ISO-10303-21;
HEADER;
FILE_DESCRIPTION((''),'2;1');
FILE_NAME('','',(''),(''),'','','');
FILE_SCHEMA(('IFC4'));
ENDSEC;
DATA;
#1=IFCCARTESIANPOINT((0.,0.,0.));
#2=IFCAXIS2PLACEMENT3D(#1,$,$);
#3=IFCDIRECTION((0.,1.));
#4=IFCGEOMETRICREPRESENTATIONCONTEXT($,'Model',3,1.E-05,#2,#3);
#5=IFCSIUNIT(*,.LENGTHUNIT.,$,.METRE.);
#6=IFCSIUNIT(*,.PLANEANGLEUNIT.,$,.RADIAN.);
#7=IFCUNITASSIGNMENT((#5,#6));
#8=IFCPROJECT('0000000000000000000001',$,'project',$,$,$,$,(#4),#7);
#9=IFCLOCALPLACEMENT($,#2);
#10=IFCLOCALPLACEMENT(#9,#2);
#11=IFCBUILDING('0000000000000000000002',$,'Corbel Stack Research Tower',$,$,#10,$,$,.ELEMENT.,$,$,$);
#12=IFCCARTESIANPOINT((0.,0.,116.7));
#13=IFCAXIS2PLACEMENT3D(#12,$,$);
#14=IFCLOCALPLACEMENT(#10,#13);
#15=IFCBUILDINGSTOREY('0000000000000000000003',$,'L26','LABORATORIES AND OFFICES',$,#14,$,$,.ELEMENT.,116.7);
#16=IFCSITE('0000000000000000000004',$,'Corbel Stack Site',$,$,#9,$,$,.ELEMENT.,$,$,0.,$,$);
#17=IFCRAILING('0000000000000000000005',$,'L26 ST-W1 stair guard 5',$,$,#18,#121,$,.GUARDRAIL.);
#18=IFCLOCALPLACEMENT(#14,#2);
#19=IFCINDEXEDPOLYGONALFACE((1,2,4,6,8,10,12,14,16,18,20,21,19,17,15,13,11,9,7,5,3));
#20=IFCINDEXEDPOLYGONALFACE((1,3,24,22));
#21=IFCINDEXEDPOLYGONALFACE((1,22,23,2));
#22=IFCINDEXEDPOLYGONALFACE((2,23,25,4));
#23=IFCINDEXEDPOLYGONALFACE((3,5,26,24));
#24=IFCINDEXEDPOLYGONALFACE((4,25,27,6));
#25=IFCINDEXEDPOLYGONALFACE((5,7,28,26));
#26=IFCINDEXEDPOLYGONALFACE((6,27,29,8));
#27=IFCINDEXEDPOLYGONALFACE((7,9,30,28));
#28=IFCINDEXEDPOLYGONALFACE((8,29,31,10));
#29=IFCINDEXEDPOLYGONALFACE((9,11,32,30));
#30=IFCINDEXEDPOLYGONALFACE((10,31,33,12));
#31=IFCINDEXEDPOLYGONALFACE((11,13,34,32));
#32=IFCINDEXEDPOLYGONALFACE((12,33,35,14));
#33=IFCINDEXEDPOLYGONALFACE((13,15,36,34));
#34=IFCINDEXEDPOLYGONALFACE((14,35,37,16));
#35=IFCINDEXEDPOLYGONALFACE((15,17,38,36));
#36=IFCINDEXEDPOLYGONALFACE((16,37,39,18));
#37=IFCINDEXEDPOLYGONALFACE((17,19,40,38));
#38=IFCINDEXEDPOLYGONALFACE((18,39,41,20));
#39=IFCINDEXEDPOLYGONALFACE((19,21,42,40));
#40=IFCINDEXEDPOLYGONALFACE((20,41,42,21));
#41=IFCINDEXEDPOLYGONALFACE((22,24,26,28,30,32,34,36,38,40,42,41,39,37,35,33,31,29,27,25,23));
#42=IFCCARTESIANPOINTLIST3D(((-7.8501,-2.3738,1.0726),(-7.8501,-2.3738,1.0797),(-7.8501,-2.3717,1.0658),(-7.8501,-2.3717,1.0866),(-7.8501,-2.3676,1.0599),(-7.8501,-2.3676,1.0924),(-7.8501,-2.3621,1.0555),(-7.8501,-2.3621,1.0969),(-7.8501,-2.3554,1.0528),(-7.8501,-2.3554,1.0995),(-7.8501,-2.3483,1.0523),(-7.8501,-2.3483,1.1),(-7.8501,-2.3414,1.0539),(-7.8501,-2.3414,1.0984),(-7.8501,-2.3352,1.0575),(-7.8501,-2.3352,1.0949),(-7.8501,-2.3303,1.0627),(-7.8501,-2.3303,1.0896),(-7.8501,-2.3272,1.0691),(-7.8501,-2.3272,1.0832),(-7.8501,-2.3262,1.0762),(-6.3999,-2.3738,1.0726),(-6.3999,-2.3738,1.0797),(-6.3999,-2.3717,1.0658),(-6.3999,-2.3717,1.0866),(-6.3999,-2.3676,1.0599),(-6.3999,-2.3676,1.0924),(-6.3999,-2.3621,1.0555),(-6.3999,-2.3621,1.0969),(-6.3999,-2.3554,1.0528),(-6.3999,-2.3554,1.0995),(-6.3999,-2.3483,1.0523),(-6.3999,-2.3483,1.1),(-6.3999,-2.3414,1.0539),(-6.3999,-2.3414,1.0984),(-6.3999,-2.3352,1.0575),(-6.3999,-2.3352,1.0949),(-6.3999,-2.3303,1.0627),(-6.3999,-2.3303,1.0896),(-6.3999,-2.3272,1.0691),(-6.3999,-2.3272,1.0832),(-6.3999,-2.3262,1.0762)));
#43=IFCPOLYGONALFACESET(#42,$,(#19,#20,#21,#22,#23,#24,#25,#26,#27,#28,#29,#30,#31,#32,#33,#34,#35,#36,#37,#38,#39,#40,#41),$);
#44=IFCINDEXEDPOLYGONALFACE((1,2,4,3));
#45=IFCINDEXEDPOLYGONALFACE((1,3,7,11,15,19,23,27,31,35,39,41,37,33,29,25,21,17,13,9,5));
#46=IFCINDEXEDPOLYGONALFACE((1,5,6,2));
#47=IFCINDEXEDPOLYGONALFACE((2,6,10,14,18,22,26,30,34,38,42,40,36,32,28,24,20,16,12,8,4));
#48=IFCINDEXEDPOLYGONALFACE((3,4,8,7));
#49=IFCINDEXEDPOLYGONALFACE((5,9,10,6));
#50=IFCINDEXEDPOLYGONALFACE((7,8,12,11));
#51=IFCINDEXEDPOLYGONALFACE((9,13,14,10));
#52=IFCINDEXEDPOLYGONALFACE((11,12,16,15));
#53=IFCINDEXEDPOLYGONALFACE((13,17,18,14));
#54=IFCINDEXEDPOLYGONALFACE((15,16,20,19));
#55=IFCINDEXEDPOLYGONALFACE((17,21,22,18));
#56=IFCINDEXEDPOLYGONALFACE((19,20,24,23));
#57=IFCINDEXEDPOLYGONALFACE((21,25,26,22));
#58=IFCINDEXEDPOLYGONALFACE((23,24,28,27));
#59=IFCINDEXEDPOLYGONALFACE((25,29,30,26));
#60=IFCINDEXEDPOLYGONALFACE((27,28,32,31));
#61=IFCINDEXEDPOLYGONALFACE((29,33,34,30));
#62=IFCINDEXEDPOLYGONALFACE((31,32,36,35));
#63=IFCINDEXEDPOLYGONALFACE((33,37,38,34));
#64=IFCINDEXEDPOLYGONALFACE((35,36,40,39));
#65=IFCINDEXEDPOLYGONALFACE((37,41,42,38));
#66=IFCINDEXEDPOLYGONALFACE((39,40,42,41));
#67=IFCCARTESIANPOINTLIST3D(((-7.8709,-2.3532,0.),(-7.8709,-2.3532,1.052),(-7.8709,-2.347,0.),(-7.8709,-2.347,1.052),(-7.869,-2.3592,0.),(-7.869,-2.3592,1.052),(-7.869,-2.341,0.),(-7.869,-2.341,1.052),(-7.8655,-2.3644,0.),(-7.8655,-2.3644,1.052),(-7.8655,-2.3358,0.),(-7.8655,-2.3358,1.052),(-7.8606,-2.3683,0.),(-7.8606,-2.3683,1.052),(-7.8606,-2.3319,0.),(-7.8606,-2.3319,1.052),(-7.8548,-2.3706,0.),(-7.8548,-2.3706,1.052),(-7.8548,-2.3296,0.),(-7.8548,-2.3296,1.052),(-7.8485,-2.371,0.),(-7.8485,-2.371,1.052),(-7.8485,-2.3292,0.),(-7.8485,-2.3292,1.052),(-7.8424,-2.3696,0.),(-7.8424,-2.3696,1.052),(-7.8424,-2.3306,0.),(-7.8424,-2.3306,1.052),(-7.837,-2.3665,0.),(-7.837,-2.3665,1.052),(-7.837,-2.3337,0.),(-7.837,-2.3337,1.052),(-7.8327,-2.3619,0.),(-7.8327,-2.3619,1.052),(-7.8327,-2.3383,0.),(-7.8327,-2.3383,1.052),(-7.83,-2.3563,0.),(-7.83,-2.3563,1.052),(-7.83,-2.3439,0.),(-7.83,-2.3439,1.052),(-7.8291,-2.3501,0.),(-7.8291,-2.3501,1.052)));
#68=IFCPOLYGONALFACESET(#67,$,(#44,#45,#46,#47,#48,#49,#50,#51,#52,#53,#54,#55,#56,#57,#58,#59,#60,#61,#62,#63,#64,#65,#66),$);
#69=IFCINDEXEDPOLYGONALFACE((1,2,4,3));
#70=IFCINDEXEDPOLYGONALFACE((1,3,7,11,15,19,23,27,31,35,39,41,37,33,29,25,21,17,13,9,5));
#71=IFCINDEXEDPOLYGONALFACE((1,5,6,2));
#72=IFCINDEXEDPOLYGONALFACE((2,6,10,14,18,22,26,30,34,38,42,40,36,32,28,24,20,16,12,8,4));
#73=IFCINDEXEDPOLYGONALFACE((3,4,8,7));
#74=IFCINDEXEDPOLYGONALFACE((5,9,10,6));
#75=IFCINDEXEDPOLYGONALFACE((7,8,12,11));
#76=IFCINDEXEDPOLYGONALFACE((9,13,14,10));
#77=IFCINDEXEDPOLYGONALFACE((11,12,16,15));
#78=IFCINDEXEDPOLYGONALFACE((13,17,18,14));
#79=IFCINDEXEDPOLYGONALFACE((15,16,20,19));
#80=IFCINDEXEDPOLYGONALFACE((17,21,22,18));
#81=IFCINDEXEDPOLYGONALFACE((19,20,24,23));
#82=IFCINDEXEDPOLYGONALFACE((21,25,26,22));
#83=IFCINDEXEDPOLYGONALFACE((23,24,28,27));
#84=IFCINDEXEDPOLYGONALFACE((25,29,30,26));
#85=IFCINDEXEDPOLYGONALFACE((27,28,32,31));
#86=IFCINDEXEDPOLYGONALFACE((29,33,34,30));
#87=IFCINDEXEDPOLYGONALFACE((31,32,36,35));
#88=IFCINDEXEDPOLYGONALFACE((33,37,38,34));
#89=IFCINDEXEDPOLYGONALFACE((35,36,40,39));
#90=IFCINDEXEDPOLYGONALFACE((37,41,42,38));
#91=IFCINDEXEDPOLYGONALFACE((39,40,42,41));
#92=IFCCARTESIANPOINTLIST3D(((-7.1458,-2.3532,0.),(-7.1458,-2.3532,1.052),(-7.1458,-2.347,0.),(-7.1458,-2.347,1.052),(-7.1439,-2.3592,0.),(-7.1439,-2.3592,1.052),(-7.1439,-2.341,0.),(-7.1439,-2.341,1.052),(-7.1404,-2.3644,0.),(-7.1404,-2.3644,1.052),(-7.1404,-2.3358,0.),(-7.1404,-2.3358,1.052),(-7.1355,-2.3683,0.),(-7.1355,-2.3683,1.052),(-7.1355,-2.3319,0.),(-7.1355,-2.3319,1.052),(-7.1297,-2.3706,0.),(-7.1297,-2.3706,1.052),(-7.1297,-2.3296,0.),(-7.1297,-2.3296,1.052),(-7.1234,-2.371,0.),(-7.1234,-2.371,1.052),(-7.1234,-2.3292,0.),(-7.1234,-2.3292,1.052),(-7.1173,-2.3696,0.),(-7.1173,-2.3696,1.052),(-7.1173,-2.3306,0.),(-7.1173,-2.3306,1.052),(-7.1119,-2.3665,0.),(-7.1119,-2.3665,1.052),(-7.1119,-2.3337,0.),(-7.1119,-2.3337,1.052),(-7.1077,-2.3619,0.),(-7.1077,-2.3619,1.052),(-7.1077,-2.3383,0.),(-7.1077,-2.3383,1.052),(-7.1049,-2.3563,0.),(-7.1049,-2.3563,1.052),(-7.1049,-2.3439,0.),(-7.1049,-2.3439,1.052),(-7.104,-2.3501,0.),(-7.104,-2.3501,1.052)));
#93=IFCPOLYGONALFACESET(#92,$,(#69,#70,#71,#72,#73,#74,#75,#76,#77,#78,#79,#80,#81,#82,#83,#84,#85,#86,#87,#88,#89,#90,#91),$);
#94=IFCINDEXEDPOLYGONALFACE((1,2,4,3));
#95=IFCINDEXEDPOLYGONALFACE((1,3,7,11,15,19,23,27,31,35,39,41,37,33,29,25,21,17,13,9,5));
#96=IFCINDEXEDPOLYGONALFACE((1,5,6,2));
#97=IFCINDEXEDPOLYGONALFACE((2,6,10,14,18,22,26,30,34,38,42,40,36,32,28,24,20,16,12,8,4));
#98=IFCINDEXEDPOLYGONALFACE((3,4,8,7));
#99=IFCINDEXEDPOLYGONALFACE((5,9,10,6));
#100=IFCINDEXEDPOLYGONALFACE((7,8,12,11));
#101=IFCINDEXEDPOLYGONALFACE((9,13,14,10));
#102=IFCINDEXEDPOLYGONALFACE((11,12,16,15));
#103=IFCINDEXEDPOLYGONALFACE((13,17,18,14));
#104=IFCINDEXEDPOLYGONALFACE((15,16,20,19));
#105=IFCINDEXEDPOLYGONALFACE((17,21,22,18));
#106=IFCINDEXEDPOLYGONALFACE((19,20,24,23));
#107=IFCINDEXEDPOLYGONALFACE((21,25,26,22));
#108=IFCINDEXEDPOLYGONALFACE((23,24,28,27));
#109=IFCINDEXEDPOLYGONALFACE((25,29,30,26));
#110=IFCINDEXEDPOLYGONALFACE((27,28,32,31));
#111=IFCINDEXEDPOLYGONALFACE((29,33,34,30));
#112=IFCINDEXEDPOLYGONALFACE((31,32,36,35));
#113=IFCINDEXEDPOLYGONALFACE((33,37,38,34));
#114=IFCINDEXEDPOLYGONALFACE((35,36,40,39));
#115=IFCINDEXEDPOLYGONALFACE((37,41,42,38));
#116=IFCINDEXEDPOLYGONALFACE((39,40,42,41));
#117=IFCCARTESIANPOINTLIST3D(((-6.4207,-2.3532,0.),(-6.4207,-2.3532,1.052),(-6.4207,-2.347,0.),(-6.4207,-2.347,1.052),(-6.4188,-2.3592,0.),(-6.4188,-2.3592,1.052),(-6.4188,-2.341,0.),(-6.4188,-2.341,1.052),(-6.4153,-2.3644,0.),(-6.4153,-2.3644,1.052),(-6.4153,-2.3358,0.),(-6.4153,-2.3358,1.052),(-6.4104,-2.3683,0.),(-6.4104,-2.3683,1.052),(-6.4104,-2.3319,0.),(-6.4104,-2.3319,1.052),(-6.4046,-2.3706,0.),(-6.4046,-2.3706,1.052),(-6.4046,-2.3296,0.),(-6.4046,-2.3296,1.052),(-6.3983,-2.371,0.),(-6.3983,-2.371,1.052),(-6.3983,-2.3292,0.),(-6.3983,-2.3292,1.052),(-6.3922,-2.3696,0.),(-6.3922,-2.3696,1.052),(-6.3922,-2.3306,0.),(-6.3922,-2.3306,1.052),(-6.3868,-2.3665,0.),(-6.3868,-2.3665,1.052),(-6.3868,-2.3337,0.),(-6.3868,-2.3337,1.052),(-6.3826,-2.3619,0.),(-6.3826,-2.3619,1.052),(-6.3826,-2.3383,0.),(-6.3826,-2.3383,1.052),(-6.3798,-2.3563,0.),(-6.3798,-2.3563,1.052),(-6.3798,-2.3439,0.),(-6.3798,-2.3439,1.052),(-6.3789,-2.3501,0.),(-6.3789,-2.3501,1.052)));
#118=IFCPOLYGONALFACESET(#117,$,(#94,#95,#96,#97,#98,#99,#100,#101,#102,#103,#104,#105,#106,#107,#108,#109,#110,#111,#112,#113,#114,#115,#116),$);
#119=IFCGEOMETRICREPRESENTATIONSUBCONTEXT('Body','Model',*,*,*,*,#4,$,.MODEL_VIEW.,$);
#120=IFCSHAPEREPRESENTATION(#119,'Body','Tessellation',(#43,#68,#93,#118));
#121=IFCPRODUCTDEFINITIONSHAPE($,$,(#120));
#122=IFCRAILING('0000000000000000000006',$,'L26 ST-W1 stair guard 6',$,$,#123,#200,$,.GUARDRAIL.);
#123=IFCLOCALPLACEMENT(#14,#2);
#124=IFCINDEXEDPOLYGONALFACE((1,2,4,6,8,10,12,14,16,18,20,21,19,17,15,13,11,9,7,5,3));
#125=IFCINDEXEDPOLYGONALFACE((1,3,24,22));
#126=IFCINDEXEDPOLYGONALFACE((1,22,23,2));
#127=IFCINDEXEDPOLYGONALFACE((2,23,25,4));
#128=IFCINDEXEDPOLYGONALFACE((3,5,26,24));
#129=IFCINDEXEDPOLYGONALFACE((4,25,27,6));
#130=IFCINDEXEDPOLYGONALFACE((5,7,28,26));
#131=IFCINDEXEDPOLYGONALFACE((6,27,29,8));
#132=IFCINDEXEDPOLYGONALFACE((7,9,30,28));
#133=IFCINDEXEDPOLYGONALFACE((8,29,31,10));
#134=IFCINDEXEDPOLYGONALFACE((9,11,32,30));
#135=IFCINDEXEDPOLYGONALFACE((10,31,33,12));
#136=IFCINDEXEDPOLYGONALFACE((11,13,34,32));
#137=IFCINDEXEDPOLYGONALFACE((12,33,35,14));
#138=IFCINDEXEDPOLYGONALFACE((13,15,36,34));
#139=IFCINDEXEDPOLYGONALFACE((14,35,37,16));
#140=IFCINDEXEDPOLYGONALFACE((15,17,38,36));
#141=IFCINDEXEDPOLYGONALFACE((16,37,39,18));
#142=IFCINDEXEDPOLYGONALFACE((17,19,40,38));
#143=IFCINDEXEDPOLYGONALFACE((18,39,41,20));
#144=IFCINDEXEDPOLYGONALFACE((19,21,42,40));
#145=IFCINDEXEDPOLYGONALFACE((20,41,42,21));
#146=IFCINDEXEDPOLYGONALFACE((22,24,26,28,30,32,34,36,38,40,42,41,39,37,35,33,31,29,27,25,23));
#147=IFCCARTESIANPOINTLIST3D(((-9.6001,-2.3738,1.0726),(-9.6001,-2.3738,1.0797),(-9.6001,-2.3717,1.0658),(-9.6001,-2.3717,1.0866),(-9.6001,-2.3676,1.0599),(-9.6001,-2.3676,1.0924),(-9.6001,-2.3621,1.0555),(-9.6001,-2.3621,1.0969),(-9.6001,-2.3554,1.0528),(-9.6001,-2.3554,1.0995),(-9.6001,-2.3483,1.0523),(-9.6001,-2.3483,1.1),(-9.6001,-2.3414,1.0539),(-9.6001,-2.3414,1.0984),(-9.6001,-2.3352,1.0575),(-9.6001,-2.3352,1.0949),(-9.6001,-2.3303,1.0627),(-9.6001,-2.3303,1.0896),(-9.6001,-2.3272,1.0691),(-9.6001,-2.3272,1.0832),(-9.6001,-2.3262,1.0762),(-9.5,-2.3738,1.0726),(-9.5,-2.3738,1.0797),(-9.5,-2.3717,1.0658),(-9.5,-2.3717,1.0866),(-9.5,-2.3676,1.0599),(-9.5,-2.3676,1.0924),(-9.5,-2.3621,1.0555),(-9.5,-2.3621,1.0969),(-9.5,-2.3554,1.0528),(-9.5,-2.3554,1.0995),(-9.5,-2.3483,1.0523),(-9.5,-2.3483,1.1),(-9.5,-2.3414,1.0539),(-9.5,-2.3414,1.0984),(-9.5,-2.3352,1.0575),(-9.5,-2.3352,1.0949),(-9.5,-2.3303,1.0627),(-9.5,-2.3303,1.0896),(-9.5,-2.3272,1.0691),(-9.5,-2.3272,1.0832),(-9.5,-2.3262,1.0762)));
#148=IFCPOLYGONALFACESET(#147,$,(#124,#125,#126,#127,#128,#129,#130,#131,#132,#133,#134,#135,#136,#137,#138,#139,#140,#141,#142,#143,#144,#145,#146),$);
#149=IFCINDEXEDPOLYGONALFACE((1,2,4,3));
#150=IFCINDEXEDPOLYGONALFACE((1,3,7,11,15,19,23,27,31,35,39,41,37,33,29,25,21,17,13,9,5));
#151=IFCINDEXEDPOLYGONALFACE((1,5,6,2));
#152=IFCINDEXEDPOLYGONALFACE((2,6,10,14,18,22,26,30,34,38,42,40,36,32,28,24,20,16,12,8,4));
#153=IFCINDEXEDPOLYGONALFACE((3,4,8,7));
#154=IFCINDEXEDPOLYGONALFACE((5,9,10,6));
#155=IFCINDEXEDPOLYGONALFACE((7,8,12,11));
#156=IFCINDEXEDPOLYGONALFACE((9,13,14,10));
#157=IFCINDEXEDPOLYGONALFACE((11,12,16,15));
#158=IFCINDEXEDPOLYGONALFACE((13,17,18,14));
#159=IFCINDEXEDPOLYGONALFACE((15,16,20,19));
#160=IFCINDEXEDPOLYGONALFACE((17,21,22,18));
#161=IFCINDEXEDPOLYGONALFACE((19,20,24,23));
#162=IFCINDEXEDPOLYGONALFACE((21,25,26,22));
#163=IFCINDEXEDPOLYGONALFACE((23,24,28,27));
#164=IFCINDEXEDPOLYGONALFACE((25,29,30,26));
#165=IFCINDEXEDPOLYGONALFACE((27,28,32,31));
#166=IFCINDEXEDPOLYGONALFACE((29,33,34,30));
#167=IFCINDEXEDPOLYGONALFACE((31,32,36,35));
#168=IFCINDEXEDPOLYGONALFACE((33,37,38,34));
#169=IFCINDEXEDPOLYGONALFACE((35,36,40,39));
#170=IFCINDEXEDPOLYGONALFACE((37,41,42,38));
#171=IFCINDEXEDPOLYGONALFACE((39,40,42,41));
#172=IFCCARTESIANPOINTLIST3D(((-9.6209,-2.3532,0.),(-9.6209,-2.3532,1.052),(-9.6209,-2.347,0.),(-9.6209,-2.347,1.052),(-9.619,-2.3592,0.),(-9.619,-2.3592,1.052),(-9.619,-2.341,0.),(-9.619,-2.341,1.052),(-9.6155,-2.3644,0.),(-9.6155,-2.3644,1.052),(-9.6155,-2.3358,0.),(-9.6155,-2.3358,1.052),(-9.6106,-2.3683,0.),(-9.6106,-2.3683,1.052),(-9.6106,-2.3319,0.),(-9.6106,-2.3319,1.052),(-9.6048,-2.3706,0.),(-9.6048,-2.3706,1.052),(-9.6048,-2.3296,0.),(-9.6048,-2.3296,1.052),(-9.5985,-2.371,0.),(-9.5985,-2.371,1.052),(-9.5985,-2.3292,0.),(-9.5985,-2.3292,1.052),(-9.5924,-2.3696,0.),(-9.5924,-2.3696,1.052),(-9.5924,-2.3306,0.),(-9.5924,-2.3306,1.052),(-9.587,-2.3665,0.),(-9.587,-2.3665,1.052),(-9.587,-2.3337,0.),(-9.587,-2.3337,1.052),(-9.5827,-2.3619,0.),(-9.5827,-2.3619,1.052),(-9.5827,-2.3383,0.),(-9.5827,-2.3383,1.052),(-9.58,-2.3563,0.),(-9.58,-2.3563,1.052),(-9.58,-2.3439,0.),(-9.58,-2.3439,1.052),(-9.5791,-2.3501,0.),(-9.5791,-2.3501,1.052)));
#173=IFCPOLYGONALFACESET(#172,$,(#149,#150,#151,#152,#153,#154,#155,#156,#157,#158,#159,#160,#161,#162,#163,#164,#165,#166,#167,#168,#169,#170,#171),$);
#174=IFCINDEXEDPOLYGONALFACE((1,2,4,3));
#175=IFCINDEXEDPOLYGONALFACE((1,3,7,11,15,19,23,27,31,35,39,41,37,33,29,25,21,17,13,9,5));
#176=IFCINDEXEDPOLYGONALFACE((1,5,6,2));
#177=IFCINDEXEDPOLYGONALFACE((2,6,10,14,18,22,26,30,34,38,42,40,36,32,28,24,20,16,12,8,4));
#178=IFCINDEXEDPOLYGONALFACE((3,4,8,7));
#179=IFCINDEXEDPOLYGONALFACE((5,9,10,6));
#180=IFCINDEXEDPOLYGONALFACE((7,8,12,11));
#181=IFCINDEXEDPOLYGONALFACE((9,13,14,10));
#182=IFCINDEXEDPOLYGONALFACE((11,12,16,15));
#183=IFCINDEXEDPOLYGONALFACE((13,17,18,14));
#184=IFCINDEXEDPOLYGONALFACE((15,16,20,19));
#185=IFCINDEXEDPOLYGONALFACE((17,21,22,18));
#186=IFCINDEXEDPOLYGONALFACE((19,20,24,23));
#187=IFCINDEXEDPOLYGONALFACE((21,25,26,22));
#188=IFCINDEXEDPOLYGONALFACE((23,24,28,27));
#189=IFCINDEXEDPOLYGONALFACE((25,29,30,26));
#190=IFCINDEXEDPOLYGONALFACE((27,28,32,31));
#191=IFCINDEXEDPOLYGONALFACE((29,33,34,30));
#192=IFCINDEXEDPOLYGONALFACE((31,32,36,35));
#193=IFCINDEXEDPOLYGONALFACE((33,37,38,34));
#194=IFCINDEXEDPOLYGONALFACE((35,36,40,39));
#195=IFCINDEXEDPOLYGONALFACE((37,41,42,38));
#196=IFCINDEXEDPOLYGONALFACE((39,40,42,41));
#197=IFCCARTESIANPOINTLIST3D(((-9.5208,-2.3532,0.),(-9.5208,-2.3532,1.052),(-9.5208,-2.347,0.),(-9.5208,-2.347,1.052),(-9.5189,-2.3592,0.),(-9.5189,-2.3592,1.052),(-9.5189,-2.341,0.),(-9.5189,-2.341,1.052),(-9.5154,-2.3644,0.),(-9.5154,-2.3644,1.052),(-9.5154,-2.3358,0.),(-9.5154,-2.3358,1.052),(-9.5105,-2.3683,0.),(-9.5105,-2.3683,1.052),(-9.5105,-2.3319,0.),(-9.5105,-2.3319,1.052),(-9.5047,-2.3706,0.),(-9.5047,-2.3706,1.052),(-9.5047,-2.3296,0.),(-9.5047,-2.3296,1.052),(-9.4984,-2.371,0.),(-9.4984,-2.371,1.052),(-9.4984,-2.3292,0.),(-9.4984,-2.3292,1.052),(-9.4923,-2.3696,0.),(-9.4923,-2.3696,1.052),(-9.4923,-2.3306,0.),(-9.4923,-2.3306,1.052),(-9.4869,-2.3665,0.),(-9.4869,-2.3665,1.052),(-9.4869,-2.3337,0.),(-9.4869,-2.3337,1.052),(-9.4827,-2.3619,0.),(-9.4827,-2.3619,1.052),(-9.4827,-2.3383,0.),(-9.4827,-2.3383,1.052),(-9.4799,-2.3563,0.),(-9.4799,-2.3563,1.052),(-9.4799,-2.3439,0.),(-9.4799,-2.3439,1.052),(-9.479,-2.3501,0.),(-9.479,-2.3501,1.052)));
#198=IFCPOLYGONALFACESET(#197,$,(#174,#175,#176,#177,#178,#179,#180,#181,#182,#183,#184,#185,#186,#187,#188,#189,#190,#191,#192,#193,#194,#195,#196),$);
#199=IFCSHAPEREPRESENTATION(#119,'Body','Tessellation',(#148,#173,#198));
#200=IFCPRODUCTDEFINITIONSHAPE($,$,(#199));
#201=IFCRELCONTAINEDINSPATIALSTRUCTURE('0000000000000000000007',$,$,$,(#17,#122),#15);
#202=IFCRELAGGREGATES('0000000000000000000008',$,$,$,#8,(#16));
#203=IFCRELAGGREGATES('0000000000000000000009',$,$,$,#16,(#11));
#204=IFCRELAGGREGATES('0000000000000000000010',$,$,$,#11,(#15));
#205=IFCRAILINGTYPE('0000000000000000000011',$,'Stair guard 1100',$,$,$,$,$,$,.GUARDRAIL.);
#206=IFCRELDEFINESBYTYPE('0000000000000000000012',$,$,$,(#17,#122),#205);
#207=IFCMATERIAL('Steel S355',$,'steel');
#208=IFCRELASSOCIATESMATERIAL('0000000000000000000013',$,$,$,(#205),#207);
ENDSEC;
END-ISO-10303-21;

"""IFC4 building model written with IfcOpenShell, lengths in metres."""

from ifc_helpers import new_model, si_unit, direction, frame, origin, origin_2d, place, context, subcontext, project, spatial, circle, extrude, material, type_object, element, save


model = new_model("IFC4")

# Units and contexts
model_context = context("Model", 3, precision=1e-05, world=origin(), true_north=direction((0.0, 1.0)))
body_context = subcontext(model_context, "Body", "Model", "MODEL_VIEW")
ifc_project = project(units=[si_unit("LENGTHUNIT", "METRE"), si_unit("PLANEANGLEUNIT", "RADIAN")], contexts=[model_context])

# Site, building, storey
site_placement = place(None, origin())
site = spatial("IfcSite", under=ifc_project, at=site_placement, Name="Corbel Stack Site", CompositionType="ELEMENT", RefElevation=0.0)
building_placement = place(site_placement, origin())
building = spatial("IfcBuilding", under=site, at=building_placement, Name="Corbel Stack Research Tower", CompositionType="ELEMENT")
storey_placement = place(building_placement, frame((0.0, 0.0, 116.7)))
storey = spatial("IfcBuildingStorey", under=building, at=storey_placement, Name="L26", Description="LABORATORIES AND OFFICES", CompositionType="ELEMENT", Elevation=116.7)

# Railings
ifc_material_1 = material(Name="Steel S355", Category="steel")
railing_type_1 = type_object("IfcRailingType", Name="Stair guard 1100", PredefinedType="GUARDRAIL", material=ifc_material_1)
railing_1_placement = place(storey_placement, frame((-7.8501, -2.3501, 0.0)))
element("IfcRailing", 1, at=railing_1_placement, inside=storey, type_object=railing_type_1, Name="L26 ST-W1 stair guard 5", PredefinedType="GUARDRAIL", context=body_context, shape_type="SweptSolid", body=[
    extrude(circle(Radius=0.0239, at=origin_2d()), frame((0.0, 0.0, 1.0762), z_axis=(1.0, 0.0, 0.0), x_axis=(0.0, 1.0, 0.0)), (0.0, 0.0, 1.0), 1.4502),
    extrude(circle(Radius=0.021, at=origin_2d()), origin(), (0.0, 0.0, 1.0), 1.052),
    extrude(circle(Radius=0.021, at=origin_2d()), frame((0.7251, 0.0, 0.0)), (0.0, 0.0, 1.0), 1.052),
    extrude(circle(Radius=0.021, at=origin_2d()), frame((1.4502, 0.0, 0.0)), (0.0, 0.0, 1.0), 1.052),
])
railing_2_placement = place(storey_placement, frame((-9.6001, -2.3501, 0.0)))
element("IfcRailing", 2, at=railing_2_placement, inside=storey, type_object=railing_type_1, Name="L26 ST-W1 stair guard 6", PredefinedType="GUARDRAIL", context=body_context, shape_type="SweptSolid", body=[
    extrude(circle(Radius=0.0239, at=origin_2d()), frame((0.0, 0.0, 1.0762), z_axis=(1.0, 0.0, 0.0), x_axis=(0.0, 1.0, 0.0)), (0.0, 0.0, 1.0), 0.1001),
    extrude(circle(Radius=0.021, at=origin_2d()), origin(), (0.0, 0.0, 1.0), 1.052),
    extrude(circle(Radius=0.021, at=origin_2d()), frame((0.1001, 0.0, 0.0)), (0.0, 0.0, 1.0), 1.052),
])

save(model, "model.ifc")
